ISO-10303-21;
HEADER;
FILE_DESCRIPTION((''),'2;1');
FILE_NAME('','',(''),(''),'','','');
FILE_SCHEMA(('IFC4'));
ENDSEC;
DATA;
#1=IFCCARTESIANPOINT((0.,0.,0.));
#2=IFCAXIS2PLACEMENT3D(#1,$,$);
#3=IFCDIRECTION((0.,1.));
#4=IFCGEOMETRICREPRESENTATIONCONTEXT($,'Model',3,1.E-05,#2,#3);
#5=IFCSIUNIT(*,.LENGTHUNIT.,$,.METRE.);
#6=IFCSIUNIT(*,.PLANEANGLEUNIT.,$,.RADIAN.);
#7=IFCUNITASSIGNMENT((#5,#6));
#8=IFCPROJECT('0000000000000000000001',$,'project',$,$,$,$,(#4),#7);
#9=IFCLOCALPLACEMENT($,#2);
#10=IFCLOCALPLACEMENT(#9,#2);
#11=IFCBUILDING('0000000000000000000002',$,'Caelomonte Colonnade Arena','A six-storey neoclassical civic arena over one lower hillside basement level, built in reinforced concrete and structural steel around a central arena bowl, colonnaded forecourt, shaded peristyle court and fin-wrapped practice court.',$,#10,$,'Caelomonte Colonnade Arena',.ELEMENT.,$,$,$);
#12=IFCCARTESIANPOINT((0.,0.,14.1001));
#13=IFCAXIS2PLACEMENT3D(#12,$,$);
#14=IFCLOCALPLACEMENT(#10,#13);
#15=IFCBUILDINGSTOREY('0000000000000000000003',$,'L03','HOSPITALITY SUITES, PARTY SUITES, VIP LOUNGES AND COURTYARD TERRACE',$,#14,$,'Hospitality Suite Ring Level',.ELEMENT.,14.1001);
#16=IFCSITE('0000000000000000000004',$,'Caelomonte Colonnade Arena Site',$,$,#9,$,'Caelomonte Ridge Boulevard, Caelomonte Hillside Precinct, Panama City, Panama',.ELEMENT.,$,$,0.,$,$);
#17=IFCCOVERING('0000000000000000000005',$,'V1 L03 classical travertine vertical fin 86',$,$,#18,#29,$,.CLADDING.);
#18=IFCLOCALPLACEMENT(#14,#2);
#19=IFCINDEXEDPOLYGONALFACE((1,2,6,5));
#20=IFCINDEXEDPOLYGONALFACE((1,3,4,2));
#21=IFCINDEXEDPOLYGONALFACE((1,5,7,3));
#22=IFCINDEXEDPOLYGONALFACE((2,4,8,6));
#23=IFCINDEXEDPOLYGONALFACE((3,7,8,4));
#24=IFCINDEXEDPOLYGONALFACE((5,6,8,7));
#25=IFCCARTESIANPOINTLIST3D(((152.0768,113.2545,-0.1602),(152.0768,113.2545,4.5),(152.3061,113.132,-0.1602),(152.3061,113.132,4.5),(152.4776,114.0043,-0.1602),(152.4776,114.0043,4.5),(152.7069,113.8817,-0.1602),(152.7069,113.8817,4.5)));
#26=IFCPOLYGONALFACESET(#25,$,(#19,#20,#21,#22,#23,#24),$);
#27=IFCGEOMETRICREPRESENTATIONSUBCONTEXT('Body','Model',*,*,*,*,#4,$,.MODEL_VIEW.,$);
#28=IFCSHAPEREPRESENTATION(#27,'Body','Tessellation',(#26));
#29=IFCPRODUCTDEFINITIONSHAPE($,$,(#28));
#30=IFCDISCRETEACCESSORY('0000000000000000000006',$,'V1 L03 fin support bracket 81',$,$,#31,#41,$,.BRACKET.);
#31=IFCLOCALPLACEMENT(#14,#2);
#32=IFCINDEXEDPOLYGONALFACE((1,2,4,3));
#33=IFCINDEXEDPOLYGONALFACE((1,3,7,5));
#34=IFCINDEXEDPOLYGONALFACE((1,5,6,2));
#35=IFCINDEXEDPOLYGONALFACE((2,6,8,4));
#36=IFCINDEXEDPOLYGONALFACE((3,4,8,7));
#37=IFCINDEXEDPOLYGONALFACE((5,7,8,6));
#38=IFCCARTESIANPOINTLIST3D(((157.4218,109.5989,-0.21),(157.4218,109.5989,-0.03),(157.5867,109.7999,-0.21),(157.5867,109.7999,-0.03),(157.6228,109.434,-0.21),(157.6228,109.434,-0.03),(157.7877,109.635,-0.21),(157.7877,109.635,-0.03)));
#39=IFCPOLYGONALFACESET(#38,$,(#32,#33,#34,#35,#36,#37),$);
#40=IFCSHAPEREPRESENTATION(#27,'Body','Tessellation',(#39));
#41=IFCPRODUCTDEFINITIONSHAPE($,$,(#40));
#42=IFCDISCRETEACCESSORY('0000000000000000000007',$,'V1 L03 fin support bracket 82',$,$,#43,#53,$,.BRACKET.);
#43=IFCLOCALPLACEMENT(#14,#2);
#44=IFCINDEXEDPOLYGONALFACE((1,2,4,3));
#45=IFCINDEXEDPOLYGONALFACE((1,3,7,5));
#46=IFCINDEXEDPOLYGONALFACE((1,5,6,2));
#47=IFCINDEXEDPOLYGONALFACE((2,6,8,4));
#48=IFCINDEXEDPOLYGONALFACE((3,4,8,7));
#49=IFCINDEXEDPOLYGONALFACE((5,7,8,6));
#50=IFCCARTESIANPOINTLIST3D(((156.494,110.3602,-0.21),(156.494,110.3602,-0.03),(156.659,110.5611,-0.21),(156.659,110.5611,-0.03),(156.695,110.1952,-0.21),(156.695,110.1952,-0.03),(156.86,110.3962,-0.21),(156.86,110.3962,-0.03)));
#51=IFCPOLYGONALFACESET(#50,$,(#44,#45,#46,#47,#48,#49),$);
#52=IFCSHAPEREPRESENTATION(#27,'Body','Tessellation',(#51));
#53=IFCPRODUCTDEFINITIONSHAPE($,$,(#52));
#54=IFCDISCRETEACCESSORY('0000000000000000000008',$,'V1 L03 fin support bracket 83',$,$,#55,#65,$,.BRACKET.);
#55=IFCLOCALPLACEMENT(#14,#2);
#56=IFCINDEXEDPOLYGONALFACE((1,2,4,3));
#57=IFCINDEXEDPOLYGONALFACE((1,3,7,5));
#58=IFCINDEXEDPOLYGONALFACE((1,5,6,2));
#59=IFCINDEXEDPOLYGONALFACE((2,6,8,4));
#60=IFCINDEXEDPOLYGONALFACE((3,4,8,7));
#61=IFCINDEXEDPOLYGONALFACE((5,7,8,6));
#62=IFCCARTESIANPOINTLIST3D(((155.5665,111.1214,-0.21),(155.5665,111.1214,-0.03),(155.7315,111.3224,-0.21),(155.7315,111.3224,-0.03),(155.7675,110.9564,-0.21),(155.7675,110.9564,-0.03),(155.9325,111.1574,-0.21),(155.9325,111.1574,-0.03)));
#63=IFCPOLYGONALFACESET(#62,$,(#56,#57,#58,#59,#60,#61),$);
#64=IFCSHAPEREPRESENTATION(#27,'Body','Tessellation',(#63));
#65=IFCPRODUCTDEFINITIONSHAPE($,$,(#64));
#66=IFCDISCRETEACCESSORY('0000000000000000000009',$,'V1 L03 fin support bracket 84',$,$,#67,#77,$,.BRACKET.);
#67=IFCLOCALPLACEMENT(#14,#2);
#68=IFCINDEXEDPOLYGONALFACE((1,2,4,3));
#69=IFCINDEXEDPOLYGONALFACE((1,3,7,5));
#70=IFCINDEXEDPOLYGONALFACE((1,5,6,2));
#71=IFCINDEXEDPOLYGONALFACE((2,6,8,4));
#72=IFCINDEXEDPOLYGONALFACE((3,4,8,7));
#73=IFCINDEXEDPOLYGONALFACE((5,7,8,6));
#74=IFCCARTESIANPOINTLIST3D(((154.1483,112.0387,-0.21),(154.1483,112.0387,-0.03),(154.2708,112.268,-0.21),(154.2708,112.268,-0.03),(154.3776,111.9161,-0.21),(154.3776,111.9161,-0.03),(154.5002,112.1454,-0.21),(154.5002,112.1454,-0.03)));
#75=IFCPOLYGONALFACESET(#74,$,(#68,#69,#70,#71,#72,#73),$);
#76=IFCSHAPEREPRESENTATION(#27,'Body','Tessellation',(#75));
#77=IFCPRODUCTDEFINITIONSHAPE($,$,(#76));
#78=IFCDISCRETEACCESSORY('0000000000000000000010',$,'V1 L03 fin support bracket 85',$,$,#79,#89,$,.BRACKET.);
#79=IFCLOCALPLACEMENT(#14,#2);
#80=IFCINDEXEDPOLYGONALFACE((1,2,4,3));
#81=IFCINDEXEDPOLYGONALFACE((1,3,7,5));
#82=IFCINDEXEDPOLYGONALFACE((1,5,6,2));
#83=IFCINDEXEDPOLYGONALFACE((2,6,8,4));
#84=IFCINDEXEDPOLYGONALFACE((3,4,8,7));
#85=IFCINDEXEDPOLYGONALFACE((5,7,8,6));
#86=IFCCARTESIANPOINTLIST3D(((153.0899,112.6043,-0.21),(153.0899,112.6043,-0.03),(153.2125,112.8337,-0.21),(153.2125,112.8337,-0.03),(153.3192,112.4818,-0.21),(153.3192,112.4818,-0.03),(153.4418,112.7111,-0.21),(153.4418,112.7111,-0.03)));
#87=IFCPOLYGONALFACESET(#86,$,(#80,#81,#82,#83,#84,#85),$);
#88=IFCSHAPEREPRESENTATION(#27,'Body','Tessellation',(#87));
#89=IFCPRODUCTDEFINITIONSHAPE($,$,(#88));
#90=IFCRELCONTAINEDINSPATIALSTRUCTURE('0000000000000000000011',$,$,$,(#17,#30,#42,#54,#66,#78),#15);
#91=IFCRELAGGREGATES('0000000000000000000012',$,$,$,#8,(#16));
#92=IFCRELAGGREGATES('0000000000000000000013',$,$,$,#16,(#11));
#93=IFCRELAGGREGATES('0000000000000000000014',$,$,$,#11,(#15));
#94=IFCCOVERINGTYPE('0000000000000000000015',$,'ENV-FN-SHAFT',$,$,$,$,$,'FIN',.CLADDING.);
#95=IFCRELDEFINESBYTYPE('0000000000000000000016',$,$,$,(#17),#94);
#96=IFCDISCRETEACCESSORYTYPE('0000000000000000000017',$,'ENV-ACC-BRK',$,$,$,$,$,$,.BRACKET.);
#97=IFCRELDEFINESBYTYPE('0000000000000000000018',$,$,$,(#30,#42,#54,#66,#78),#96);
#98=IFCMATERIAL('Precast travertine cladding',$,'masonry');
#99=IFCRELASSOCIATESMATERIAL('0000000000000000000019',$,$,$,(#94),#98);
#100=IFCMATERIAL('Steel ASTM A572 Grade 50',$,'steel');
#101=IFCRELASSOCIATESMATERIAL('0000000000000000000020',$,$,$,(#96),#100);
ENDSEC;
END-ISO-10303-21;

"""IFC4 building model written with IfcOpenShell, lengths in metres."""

from ifc_helpers import new_model, si_unit, direction, frame, origin, origin_2d, place, context, subcontext, project, spatial, rectangle, extrude, material, material_profile, profile_set, type_object, element, save


model = new_model("IFC4")

# Units and contexts
model_context = context("Model", 3, precision=1e-05, world=origin(), true_north=direction((0.0, 1.0)))
body_context = subcontext(model_context, "Body", "Model", "MODEL_VIEW")
ifc_project = project(units=[si_unit("LENGTHUNIT", "METRE"), si_unit("PLANEANGLEUNIT", "RADIAN")], contexts=[model_context])

# Site, building, storey
site_placement = place(None, origin())
site = spatial("IfcSite", under=ifc_project, at=site_placement, Name="Caelomonte Colonnade Arena Site", LongName="Caelomonte Ridge Boulevard, Caelomonte Hillside Precinct, Panama City, Panama", CompositionType="ELEMENT", RefElevation=0.0)
building_placement = place(site_placement, origin())
building = spatial("IfcBuilding", under=site, at=building_placement, Name="Caelomonte Colonnade Arena", Description="A six-storey neoclassical civic arena over one lower hillside basement level, built in reinforced concrete and structural steel around a central arena bowl, colonnaded forecourt, shaded peristyle court and fin-wrapped practice court.", LongName="Caelomonte Colonnade Arena", CompositionType="ELEMENT")
storey_placement = place(building_placement, frame((0.0, 0.0, 14.1001)))
storey = spatial("IfcBuildingStorey", under=building, at=storey_placement, Name="L03", Description="HOSPITALITY SUITES, PARTY SUITES, VIP LOUNGES AND COURTYARD TERRACE", LongName="Hospitality Suite Ring Level", CompositionType="ELEMENT", Elevation=14.1001)

# Covering
ifc_material_1 = material(Name="Precast travertine cladding", Category="masonry")
ifc_material_profile_1 = material_profile(ifc_material_1, rectangle(XDim=0.26, YDim=0.8501, at=origin_2d()), Name="FIN260X850")
ifc_profile_set_1 = profile_set([ifc_material_profile_1], Name="Precast travertine cladding")
covering_type = type_object("IfcCoveringType", Name="ENV-FN-SHAFT", ElementType="FIN", PredefinedType="CLADDING", material=ifc_profile_set_1)
for number, where, z_axis, x_axis, name in (
    (1, (152.3918, 113.5681, -0.1602), (0.0, 0.0, 1.0), (0.881921, -0.471397, 0.0), "V1 L03 classical travertine vertical fin 86"),
):
    element("IfcCovering", number, at=place(storey_placement, frame(where, z_axis=z_axis, x_axis=x_axis)), inside=storey, type_object=covering_type, Name=name, PredefinedType="CLADDING", context=body_context, shape_type="SweptSolid", body=[
        extrude(rectangle(XDim=0.26, YDim=0.8501, at=origin_2d()), origin(), (0.0, 0.0, 1.0), 4.6602),
    ])

# Discrete accessories
ifc_material_2 = material(Name="Steel ASTM A572 Grade 50", Category="steel")
discrete_accessory_type = type_object("IfcDiscreteAccessoryType", Name="ENV-ACC-BRK", PredefinedType="BRACKET", material=ifc_material_2)
for number, where, z_axis, x_axis, name in (
    (2, (157.6047, 109.6169, -0.21), (0.0, 0.0, 1.0), (-0.772994, 0.634414, 0.0), "V1 L03 fin support bracket 81"),
    (3, (156.677, 110.3782, -0.21), (0.0, 0.0, 1.0), (-0.772994, 0.634414, 0.0), "V1 L03 fin support bracket 82"),
    (4, (155.7495, 111.1394, -0.21), (0.0, 0.0, 1.0), (-0.772994, 0.634414, 0.0), "V1 L03 fin support bracket 83"),
    (5, (154.3242, 112.092, -0.21), (0.0, 0.0, 1.0), (-0.881921, 0.471397, 0.0), "V1 L03 fin support bracket 84"),
    (6, (153.2659, 112.6577, -0.21), (0.0, 0.0, 1.0), (-0.881921, 0.471397, 0.0), "V1 L03 fin support bracket 85"),
):
    element("IfcDiscreteAccessory", number, at=place(storey_placement, frame(where, z_axis=z_axis, x_axis=x_axis)), inside=storey, type_object=discrete_accessory_type, Name=name, PredefinedType="BRACKET", context=body_context, shape_type="SweptSolid", body=[
        extrude(rectangle(XDim=0.26, YDim=0.26, at=origin_2d()), origin(), (0.0, 0.0, 1.0), 0.1799),
    ])

save(model, "model.ifc")
